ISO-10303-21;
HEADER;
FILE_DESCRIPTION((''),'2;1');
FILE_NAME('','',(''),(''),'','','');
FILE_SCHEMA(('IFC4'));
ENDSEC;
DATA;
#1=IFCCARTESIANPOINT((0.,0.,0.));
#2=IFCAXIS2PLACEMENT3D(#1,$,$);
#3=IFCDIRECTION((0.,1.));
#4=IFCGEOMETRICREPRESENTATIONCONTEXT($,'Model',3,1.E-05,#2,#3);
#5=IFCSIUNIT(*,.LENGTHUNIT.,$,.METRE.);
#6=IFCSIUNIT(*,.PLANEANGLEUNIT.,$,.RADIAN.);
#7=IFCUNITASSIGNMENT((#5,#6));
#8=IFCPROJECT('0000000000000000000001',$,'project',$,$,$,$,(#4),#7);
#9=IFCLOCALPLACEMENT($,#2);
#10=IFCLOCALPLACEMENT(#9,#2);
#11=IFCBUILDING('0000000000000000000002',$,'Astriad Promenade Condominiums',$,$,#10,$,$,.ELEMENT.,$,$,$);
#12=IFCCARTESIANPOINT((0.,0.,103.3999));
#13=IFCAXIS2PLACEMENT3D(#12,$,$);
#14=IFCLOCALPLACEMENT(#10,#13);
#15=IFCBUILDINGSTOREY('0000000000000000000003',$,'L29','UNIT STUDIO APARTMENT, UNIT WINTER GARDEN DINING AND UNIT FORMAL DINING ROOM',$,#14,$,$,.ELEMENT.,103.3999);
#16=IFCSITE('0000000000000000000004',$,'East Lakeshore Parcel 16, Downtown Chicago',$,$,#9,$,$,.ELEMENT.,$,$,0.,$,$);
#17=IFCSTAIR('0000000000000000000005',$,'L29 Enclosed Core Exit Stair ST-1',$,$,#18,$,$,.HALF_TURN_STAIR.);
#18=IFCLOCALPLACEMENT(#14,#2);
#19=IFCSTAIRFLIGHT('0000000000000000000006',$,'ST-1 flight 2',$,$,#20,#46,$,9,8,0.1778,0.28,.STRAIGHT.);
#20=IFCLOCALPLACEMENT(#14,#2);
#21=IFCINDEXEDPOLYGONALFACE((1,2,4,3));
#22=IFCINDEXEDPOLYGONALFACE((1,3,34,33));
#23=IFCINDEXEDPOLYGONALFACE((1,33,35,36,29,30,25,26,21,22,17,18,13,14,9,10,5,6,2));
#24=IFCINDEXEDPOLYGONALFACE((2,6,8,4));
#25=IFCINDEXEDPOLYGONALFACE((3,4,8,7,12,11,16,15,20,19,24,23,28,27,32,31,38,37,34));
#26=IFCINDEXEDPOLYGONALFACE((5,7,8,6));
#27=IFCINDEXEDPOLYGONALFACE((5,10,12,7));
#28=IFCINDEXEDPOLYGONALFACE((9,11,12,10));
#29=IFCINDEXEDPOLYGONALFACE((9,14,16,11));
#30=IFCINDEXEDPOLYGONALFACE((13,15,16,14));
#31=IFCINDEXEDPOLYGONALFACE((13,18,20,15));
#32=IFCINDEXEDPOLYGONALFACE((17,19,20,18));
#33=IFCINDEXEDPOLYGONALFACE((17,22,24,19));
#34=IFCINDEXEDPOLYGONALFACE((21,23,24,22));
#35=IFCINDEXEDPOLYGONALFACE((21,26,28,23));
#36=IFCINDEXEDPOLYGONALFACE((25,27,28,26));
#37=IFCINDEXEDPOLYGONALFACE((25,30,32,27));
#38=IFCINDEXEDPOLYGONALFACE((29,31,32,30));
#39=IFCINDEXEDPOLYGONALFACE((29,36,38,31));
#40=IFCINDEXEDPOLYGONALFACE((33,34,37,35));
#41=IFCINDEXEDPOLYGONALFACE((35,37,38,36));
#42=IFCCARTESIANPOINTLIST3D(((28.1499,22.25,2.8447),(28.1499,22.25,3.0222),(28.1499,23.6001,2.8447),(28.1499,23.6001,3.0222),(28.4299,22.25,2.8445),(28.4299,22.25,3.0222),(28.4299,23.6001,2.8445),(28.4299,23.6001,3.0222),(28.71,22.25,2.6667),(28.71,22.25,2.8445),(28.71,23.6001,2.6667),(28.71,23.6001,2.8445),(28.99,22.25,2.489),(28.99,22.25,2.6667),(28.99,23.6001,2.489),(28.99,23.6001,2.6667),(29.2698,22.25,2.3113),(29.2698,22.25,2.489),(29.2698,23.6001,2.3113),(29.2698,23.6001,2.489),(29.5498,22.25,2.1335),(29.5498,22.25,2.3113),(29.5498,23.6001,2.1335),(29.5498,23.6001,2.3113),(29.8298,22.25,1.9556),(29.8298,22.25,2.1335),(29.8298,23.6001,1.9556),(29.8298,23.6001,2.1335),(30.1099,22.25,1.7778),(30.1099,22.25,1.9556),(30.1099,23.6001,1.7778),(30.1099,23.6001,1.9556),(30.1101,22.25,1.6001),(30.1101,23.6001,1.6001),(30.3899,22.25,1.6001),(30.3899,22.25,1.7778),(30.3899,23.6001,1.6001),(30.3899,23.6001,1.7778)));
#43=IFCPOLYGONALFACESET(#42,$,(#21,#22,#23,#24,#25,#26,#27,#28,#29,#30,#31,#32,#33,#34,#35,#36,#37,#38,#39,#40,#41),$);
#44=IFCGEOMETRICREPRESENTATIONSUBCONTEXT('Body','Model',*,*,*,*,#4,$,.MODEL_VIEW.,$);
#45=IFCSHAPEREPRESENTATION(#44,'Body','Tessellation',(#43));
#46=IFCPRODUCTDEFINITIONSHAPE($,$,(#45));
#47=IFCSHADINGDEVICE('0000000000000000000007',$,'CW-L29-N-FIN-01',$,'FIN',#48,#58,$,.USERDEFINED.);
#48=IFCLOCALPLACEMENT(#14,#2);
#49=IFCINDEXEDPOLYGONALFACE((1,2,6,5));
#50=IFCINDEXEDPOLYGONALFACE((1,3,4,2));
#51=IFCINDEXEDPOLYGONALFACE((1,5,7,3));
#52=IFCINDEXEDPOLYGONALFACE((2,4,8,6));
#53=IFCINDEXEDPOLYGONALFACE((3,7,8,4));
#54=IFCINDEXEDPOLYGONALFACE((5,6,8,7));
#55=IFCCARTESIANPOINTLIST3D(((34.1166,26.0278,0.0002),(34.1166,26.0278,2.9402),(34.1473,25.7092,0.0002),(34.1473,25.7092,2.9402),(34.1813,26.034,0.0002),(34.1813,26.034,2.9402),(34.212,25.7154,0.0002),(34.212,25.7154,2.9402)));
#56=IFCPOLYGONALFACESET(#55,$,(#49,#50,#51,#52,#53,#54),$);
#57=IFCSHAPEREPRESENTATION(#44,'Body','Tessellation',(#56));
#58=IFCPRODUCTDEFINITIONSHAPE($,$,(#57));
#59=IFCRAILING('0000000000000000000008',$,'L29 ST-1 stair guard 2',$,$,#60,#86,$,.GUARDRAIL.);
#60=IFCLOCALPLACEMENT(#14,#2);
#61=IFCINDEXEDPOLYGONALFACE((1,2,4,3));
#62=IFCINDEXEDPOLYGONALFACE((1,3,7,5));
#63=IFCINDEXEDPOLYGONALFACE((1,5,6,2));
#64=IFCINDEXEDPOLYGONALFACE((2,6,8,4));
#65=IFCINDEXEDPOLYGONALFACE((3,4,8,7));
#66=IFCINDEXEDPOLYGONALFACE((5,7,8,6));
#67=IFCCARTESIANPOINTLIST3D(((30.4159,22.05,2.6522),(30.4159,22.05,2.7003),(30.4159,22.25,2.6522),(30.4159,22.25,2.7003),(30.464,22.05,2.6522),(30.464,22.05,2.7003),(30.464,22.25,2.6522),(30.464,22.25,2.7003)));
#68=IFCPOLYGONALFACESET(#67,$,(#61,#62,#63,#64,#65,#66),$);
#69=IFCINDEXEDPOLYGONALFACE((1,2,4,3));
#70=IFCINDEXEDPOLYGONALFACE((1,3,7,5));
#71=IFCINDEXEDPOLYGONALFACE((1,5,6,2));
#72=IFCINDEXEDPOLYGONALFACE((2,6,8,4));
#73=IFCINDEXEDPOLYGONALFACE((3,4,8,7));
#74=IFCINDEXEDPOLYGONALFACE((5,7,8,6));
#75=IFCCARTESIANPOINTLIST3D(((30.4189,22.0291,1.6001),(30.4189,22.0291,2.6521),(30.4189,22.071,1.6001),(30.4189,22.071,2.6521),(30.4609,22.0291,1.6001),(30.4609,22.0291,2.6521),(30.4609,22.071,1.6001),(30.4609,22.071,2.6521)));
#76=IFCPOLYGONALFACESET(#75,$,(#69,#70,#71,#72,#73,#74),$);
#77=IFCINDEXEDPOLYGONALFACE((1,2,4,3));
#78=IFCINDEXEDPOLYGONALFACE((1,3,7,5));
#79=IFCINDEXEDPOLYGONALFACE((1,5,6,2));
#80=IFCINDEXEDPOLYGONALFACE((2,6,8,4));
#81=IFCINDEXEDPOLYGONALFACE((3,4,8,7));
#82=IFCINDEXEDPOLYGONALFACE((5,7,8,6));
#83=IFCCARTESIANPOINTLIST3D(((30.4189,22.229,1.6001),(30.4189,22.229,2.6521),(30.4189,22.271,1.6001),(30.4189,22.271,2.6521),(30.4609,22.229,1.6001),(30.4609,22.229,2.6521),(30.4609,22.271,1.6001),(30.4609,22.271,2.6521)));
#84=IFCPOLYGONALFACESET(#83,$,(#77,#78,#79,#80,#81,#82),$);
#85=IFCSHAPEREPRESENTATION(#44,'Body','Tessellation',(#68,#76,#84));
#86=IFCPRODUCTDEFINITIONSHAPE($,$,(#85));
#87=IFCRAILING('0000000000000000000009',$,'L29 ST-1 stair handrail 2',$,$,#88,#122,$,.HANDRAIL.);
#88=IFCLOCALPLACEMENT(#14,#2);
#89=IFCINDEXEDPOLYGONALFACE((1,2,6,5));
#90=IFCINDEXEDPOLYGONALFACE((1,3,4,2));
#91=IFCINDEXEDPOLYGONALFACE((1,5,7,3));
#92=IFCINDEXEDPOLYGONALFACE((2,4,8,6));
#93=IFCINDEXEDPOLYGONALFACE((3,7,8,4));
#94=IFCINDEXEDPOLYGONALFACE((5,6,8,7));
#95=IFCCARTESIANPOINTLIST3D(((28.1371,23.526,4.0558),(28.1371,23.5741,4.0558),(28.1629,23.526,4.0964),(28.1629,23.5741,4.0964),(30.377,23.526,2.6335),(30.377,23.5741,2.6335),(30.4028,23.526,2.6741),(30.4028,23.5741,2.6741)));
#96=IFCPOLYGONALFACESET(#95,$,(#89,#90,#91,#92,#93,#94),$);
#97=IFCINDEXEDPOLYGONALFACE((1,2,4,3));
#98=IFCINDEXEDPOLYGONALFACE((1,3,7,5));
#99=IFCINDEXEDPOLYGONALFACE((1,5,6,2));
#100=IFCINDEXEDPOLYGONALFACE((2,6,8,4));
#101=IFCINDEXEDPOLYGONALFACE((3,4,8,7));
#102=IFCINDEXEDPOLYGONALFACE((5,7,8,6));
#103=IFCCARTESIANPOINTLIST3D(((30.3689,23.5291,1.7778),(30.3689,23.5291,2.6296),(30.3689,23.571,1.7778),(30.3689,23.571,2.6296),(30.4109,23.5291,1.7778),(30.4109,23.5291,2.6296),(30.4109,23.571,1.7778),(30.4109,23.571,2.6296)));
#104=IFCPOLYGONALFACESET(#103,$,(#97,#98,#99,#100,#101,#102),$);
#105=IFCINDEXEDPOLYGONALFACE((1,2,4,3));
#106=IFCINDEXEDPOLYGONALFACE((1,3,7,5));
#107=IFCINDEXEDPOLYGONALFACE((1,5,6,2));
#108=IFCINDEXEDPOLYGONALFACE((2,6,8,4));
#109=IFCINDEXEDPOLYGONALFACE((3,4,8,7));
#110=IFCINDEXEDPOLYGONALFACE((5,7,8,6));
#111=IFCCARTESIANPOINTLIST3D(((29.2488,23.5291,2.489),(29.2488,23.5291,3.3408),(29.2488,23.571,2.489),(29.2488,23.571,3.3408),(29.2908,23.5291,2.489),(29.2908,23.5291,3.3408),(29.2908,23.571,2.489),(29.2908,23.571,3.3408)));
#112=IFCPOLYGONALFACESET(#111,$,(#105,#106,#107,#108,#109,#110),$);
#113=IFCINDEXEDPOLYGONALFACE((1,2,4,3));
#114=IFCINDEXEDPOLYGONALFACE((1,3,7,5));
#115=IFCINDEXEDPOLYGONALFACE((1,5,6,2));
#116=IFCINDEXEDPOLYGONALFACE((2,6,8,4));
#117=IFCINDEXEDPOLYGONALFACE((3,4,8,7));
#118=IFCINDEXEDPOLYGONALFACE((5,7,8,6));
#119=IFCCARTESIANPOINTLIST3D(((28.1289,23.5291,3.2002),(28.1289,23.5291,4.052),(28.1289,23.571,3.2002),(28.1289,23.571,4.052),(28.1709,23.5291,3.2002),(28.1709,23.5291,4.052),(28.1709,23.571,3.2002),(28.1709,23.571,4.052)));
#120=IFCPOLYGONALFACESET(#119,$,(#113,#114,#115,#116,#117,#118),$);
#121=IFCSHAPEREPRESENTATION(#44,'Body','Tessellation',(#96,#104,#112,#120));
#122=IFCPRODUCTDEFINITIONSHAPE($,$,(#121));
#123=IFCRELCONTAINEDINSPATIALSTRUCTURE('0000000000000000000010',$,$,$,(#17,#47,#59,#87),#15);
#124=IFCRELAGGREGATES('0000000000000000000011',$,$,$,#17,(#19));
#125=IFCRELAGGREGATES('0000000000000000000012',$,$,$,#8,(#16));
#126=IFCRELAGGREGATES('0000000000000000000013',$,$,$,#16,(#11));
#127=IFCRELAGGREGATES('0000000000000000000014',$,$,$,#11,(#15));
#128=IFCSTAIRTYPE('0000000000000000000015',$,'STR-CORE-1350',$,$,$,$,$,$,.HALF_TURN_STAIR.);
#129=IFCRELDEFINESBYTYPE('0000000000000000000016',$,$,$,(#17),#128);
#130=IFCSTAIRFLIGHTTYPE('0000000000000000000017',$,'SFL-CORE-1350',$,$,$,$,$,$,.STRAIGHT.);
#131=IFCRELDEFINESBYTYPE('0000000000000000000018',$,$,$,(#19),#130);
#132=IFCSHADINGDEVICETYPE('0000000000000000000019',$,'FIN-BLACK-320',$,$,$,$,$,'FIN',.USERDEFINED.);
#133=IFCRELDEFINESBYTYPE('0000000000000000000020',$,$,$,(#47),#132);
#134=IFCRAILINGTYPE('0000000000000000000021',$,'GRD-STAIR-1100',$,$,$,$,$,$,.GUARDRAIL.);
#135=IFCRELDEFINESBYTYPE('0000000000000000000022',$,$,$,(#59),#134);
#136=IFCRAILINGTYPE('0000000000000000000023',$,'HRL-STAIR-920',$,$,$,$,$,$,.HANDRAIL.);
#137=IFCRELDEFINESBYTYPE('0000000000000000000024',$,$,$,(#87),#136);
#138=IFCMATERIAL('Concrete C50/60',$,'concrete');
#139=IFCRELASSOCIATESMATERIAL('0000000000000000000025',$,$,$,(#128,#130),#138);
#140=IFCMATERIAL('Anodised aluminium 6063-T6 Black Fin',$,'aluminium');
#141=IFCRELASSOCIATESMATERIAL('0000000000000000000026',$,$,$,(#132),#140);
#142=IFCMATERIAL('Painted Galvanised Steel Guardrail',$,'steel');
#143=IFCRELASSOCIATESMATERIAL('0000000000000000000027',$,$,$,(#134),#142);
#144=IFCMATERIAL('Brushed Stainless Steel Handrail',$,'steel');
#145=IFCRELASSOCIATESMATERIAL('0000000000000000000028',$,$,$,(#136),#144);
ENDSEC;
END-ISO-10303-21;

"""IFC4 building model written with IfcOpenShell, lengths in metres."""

from ifc_helpers import new_model, si_unit, direction, frame, origin, origin_2d, place, context, subcontext, project, spatial, polyline, rectangle, outline, extrude, source, transform, mapped, material, type_object, type_shapes, element, aggregate, save


model = new_model("IFC4")

# Units and contexts
model_context = context("Model", 3, precision=1e-05, world=origin(), true_north=direction((0.0, 1.0)))
body_context = subcontext(model_context, "Body", "Model", "MODEL_VIEW")
ifc_project = project(units=[si_unit("LENGTHUNIT", "METRE"), si_unit("PLANEANGLEUNIT", "RADIAN")], contexts=[model_context])

# Site, building, storey
site_placement = place(None, origin())
site = spatial("IfcSite", under=ifc_project, at=site_placement, Name="East Lakeshore Parcel 16, Downtown Chicago", CompositionType="ELEMENT", RefElevation=0.0)
building_placement = place(site_placement, origin())
building = spatial("IfcBuilding", under=site, at=building_placement, Name="Astriad Promenade Condominiums", CompositionType="ELEMENT")
storey_placement = place(building_placement, frame((0.0, 0.0, 103.3999)))
storey = spatial("IfcBuildingStorey", under=building, at=storey_placement, Name="L29", Description="UNIT STUDIO APARTMENT, UNIT WINTER GARDEN DINING AND UNIT FORMAL DINING ROOM", CompositionType="ELEMENT", Elevation=103.3999)

# Shared definitions
ifc_material_1 = material(Name="Concrete C50/60", Category="concrete")

# Stair, stair flight
stair_type = type_object("IfcStairType", Name="STR-CORE-1350", PredefinedType="HALF_TURN_STAIR", material=ifc_material_1)
stair_placement = place(storey_placement, origin())
stair = element("IfcStair", 1, at=stair_placement, inside=storey, type_object=stair_type, Name="L29 Enclosed Core Exit Stair ST-1", PredefinedType="HALF_TURN_STAIR")
stair_flight_type = type_object("IfcStairFlightType", Name="SFL-CORE-1350", PredefinedType="STRAIGHT", material=ifc_material_1)
shared_shape_1 = source(origin(), body_context, "Body", "SweptSolid", [
    extrude(outline(polyline([(0.0, 0.0), (0.0, 0.1777), (0.28, 0.1777), (0.28, 0.3555), (0.5601, 0.3555), (0.5601, 0.5334), (0.8401, 0.5334), (0.8401, 0.7112), (1.1201, 0.7112), (1.1201, 0.8889), (1.3999, 0.8889), (1.3999, 1.0667), (1.6799, 1.0667), (1.6799, 1.2444), (1.96, 1.2444), (1.96, 1.4221), (2.24, 1.4221), (2.24, 1.6001), (2.24, 1.2446), (0.2798, 0.0), (0.0, 0.0)])), frame((0.0, 0.675, 0.0), z_axis=(0.0, -1.0, 0.0), x_axis=(1.0, 0.0, 0.0)), (0.0, 0.0, 1.0), 1.3501),
])
type_shapes(stair_flight_type, [shared_shape_1])
stair_flight_placement = place(storey_placement, frame((30.3899, 22.925, 1.6001), z_axis=(0.0, 0.0, 1.0), x_axis=(-1.0, 0.0, 0.0)))
stair_flight = element("IfcStairFlight", 2, at=stair_flight_placement, type_object=stair_flight_type, Name="ST-1 flight 2", NumberOfRisers=9, NumberOfTreads=8, PredefinedType="STRAIGHT", RiserHeight=0.1778, TreadLength=0.28, context=body_context, shape_type="MappedRepresentation", body=[
    mapped(shared_shape_1, transform((0.0, 0.0, 0.0), scale=1.0)),
])
aggregate(stair, [stair_flight])

# Shading device
ifc_material_2 = material(Name="Anodised aluminium 6063-T6 Black Fin", Category="aluminium")
shading_device_type = type_object("IfcShadingDeviceType", Name="FIN-BLACK-320", ElementType="FIN", PredefinedType="USERDEFINED", material=ifc_material_2)
shared_shape_2 = source(origin(), body_context, "Body", "SweptSolid", [
    extrude(rectangle(XDim=0.0649, YDim=0.3201, at=origin_2d()), origin(), (0.0, 0.0, 1.0), 2.9399),
])
type_shapes(shading_device_type, [shared_shape_2])
shading_device_placement = place(storey_placement, frame((34.1643, 25.8716, 0.0002), z_axis=(0.0, 0.0, 1.0), x_axis=(0.995396, 0.095846, 0.0)))
element("IfcShadingDevice", 3, at=shading_device_placement, inside=storey, type_object=shading_device_type, Name="CW-L29-N-FIN-01", ObjectType="FIN", PredefinedType="USERDEFINED", context=body_context, shape_type="MappedRepresentation", body=[
    mapped(shared_shape_2, transform((0.0, 0.0, 0.0), scale=1.0)),
])

# Railings
ifc_material_3 = material(Name="Painted Galvanised Steel Guardrail", Category="steel")
railing_type_1 = type_object("IfcRailingType", Name="GRD-STAIR-1100", PredefinedType="GUARDRAIL", material=ifc_material_3)
shared_shape_3 = source(origin(), body_context, "Body", "SweptSolid", [
    extrude(rectangle(XDim=0.0481, YDim=0.0481, at=origin_2d()), frame((0.0, 0.0, 1.0762), z_axis=(0.0, 1.0, 0.0), x_axis=(-1.0, 0.0, 0.0)), (0.0, 0.0, 1.0), 0.2),
    extrude(rectangle(XDim=0.042, YDim=0.042, at=origin_2d()), origin(), (0.0, 0.0, 1.0), 1.052),
    extrude(rectangle(XDim=0.042, YDim=0.042, at=origin_2d()), frame((0.0, 0.2, 0.0)), (0.0, 0.0, 1.0), 1.052),
])
type_shapes(railing_type_1, [shared_shape_3])
railing_1_placement = place(storey_placement, frame((30.4399, 22.05, 1.6001)))
element("IfcRailing", 4, at=railing_1_placement, inside=storey, type_object=railing_type_1, Name="L29 ST-1 stair guard 2", PredefinedType="GUARDRAIL", context=body_context, shape_type="MappedRepresentation", body=[
    mapped(shared_shape_3, transform((0.0, 0.0, 0.0), scale=1.0)),
])
ifc_material_4 = material(Name="Brushed Stainless Steel Handrail", Category="steel")
railing_type_2 = type_object("IfcRailingType", Name="HRL-STAIR-920", PredefinedType="HANDRAIL", material=ifc_material_4)
shared_shape_4 = source(origin(), body_context, "Body", "SweptSolid", [
    extrude(rectangle(XDim=0.0481, YDim=0.0481, at=origin_2d()), frame((0.0, 0.0, 0.876), z_axis=(-0.844188, 0.0, 0.536048), x_axis=(0.0, -1.0, 0.0)), (0.0, 0.0, 1.0), 2.6533),
    extrude(rectangle(XDim=0.042, YDim=0.042, at=origin_2d()), origin(), (0.0, 0.0, 1.0), 0.8518),
    extrude(rectangle(XDim=0.042, YDim=0.042, at=origin_2d()), frame((-1.1201, 0.0, 0.7112)), (0.0, 0.0, 1.0), 0.8518),
    extrude(rectangle(XDim=0.042, YDim=0.042, at=origin_2d()), frame((-2.24, 0.0, 1.4224)), (0.0, 0.0, 1.0), 0.8518),
])
type_shapes(railing_type_2, [shared_shape_4])
railing_2_placement = place(storey_placement, frame((30.3899, 23.55, 1.7778)))
element("IfcRailing", 5, at=railing_2_placement, inside=storey, type_object=railing_type_2, Name="L29 ST-1 stair handrail 2", PredefinedType="HANDRAIL", context=body_context, shape_type="MappedRepresentation", body=[
    mapped(shared_shape_4, transform((0.0, 0.0, 0.0), scale=1.0)),
])

save(model, "model.ifc")
